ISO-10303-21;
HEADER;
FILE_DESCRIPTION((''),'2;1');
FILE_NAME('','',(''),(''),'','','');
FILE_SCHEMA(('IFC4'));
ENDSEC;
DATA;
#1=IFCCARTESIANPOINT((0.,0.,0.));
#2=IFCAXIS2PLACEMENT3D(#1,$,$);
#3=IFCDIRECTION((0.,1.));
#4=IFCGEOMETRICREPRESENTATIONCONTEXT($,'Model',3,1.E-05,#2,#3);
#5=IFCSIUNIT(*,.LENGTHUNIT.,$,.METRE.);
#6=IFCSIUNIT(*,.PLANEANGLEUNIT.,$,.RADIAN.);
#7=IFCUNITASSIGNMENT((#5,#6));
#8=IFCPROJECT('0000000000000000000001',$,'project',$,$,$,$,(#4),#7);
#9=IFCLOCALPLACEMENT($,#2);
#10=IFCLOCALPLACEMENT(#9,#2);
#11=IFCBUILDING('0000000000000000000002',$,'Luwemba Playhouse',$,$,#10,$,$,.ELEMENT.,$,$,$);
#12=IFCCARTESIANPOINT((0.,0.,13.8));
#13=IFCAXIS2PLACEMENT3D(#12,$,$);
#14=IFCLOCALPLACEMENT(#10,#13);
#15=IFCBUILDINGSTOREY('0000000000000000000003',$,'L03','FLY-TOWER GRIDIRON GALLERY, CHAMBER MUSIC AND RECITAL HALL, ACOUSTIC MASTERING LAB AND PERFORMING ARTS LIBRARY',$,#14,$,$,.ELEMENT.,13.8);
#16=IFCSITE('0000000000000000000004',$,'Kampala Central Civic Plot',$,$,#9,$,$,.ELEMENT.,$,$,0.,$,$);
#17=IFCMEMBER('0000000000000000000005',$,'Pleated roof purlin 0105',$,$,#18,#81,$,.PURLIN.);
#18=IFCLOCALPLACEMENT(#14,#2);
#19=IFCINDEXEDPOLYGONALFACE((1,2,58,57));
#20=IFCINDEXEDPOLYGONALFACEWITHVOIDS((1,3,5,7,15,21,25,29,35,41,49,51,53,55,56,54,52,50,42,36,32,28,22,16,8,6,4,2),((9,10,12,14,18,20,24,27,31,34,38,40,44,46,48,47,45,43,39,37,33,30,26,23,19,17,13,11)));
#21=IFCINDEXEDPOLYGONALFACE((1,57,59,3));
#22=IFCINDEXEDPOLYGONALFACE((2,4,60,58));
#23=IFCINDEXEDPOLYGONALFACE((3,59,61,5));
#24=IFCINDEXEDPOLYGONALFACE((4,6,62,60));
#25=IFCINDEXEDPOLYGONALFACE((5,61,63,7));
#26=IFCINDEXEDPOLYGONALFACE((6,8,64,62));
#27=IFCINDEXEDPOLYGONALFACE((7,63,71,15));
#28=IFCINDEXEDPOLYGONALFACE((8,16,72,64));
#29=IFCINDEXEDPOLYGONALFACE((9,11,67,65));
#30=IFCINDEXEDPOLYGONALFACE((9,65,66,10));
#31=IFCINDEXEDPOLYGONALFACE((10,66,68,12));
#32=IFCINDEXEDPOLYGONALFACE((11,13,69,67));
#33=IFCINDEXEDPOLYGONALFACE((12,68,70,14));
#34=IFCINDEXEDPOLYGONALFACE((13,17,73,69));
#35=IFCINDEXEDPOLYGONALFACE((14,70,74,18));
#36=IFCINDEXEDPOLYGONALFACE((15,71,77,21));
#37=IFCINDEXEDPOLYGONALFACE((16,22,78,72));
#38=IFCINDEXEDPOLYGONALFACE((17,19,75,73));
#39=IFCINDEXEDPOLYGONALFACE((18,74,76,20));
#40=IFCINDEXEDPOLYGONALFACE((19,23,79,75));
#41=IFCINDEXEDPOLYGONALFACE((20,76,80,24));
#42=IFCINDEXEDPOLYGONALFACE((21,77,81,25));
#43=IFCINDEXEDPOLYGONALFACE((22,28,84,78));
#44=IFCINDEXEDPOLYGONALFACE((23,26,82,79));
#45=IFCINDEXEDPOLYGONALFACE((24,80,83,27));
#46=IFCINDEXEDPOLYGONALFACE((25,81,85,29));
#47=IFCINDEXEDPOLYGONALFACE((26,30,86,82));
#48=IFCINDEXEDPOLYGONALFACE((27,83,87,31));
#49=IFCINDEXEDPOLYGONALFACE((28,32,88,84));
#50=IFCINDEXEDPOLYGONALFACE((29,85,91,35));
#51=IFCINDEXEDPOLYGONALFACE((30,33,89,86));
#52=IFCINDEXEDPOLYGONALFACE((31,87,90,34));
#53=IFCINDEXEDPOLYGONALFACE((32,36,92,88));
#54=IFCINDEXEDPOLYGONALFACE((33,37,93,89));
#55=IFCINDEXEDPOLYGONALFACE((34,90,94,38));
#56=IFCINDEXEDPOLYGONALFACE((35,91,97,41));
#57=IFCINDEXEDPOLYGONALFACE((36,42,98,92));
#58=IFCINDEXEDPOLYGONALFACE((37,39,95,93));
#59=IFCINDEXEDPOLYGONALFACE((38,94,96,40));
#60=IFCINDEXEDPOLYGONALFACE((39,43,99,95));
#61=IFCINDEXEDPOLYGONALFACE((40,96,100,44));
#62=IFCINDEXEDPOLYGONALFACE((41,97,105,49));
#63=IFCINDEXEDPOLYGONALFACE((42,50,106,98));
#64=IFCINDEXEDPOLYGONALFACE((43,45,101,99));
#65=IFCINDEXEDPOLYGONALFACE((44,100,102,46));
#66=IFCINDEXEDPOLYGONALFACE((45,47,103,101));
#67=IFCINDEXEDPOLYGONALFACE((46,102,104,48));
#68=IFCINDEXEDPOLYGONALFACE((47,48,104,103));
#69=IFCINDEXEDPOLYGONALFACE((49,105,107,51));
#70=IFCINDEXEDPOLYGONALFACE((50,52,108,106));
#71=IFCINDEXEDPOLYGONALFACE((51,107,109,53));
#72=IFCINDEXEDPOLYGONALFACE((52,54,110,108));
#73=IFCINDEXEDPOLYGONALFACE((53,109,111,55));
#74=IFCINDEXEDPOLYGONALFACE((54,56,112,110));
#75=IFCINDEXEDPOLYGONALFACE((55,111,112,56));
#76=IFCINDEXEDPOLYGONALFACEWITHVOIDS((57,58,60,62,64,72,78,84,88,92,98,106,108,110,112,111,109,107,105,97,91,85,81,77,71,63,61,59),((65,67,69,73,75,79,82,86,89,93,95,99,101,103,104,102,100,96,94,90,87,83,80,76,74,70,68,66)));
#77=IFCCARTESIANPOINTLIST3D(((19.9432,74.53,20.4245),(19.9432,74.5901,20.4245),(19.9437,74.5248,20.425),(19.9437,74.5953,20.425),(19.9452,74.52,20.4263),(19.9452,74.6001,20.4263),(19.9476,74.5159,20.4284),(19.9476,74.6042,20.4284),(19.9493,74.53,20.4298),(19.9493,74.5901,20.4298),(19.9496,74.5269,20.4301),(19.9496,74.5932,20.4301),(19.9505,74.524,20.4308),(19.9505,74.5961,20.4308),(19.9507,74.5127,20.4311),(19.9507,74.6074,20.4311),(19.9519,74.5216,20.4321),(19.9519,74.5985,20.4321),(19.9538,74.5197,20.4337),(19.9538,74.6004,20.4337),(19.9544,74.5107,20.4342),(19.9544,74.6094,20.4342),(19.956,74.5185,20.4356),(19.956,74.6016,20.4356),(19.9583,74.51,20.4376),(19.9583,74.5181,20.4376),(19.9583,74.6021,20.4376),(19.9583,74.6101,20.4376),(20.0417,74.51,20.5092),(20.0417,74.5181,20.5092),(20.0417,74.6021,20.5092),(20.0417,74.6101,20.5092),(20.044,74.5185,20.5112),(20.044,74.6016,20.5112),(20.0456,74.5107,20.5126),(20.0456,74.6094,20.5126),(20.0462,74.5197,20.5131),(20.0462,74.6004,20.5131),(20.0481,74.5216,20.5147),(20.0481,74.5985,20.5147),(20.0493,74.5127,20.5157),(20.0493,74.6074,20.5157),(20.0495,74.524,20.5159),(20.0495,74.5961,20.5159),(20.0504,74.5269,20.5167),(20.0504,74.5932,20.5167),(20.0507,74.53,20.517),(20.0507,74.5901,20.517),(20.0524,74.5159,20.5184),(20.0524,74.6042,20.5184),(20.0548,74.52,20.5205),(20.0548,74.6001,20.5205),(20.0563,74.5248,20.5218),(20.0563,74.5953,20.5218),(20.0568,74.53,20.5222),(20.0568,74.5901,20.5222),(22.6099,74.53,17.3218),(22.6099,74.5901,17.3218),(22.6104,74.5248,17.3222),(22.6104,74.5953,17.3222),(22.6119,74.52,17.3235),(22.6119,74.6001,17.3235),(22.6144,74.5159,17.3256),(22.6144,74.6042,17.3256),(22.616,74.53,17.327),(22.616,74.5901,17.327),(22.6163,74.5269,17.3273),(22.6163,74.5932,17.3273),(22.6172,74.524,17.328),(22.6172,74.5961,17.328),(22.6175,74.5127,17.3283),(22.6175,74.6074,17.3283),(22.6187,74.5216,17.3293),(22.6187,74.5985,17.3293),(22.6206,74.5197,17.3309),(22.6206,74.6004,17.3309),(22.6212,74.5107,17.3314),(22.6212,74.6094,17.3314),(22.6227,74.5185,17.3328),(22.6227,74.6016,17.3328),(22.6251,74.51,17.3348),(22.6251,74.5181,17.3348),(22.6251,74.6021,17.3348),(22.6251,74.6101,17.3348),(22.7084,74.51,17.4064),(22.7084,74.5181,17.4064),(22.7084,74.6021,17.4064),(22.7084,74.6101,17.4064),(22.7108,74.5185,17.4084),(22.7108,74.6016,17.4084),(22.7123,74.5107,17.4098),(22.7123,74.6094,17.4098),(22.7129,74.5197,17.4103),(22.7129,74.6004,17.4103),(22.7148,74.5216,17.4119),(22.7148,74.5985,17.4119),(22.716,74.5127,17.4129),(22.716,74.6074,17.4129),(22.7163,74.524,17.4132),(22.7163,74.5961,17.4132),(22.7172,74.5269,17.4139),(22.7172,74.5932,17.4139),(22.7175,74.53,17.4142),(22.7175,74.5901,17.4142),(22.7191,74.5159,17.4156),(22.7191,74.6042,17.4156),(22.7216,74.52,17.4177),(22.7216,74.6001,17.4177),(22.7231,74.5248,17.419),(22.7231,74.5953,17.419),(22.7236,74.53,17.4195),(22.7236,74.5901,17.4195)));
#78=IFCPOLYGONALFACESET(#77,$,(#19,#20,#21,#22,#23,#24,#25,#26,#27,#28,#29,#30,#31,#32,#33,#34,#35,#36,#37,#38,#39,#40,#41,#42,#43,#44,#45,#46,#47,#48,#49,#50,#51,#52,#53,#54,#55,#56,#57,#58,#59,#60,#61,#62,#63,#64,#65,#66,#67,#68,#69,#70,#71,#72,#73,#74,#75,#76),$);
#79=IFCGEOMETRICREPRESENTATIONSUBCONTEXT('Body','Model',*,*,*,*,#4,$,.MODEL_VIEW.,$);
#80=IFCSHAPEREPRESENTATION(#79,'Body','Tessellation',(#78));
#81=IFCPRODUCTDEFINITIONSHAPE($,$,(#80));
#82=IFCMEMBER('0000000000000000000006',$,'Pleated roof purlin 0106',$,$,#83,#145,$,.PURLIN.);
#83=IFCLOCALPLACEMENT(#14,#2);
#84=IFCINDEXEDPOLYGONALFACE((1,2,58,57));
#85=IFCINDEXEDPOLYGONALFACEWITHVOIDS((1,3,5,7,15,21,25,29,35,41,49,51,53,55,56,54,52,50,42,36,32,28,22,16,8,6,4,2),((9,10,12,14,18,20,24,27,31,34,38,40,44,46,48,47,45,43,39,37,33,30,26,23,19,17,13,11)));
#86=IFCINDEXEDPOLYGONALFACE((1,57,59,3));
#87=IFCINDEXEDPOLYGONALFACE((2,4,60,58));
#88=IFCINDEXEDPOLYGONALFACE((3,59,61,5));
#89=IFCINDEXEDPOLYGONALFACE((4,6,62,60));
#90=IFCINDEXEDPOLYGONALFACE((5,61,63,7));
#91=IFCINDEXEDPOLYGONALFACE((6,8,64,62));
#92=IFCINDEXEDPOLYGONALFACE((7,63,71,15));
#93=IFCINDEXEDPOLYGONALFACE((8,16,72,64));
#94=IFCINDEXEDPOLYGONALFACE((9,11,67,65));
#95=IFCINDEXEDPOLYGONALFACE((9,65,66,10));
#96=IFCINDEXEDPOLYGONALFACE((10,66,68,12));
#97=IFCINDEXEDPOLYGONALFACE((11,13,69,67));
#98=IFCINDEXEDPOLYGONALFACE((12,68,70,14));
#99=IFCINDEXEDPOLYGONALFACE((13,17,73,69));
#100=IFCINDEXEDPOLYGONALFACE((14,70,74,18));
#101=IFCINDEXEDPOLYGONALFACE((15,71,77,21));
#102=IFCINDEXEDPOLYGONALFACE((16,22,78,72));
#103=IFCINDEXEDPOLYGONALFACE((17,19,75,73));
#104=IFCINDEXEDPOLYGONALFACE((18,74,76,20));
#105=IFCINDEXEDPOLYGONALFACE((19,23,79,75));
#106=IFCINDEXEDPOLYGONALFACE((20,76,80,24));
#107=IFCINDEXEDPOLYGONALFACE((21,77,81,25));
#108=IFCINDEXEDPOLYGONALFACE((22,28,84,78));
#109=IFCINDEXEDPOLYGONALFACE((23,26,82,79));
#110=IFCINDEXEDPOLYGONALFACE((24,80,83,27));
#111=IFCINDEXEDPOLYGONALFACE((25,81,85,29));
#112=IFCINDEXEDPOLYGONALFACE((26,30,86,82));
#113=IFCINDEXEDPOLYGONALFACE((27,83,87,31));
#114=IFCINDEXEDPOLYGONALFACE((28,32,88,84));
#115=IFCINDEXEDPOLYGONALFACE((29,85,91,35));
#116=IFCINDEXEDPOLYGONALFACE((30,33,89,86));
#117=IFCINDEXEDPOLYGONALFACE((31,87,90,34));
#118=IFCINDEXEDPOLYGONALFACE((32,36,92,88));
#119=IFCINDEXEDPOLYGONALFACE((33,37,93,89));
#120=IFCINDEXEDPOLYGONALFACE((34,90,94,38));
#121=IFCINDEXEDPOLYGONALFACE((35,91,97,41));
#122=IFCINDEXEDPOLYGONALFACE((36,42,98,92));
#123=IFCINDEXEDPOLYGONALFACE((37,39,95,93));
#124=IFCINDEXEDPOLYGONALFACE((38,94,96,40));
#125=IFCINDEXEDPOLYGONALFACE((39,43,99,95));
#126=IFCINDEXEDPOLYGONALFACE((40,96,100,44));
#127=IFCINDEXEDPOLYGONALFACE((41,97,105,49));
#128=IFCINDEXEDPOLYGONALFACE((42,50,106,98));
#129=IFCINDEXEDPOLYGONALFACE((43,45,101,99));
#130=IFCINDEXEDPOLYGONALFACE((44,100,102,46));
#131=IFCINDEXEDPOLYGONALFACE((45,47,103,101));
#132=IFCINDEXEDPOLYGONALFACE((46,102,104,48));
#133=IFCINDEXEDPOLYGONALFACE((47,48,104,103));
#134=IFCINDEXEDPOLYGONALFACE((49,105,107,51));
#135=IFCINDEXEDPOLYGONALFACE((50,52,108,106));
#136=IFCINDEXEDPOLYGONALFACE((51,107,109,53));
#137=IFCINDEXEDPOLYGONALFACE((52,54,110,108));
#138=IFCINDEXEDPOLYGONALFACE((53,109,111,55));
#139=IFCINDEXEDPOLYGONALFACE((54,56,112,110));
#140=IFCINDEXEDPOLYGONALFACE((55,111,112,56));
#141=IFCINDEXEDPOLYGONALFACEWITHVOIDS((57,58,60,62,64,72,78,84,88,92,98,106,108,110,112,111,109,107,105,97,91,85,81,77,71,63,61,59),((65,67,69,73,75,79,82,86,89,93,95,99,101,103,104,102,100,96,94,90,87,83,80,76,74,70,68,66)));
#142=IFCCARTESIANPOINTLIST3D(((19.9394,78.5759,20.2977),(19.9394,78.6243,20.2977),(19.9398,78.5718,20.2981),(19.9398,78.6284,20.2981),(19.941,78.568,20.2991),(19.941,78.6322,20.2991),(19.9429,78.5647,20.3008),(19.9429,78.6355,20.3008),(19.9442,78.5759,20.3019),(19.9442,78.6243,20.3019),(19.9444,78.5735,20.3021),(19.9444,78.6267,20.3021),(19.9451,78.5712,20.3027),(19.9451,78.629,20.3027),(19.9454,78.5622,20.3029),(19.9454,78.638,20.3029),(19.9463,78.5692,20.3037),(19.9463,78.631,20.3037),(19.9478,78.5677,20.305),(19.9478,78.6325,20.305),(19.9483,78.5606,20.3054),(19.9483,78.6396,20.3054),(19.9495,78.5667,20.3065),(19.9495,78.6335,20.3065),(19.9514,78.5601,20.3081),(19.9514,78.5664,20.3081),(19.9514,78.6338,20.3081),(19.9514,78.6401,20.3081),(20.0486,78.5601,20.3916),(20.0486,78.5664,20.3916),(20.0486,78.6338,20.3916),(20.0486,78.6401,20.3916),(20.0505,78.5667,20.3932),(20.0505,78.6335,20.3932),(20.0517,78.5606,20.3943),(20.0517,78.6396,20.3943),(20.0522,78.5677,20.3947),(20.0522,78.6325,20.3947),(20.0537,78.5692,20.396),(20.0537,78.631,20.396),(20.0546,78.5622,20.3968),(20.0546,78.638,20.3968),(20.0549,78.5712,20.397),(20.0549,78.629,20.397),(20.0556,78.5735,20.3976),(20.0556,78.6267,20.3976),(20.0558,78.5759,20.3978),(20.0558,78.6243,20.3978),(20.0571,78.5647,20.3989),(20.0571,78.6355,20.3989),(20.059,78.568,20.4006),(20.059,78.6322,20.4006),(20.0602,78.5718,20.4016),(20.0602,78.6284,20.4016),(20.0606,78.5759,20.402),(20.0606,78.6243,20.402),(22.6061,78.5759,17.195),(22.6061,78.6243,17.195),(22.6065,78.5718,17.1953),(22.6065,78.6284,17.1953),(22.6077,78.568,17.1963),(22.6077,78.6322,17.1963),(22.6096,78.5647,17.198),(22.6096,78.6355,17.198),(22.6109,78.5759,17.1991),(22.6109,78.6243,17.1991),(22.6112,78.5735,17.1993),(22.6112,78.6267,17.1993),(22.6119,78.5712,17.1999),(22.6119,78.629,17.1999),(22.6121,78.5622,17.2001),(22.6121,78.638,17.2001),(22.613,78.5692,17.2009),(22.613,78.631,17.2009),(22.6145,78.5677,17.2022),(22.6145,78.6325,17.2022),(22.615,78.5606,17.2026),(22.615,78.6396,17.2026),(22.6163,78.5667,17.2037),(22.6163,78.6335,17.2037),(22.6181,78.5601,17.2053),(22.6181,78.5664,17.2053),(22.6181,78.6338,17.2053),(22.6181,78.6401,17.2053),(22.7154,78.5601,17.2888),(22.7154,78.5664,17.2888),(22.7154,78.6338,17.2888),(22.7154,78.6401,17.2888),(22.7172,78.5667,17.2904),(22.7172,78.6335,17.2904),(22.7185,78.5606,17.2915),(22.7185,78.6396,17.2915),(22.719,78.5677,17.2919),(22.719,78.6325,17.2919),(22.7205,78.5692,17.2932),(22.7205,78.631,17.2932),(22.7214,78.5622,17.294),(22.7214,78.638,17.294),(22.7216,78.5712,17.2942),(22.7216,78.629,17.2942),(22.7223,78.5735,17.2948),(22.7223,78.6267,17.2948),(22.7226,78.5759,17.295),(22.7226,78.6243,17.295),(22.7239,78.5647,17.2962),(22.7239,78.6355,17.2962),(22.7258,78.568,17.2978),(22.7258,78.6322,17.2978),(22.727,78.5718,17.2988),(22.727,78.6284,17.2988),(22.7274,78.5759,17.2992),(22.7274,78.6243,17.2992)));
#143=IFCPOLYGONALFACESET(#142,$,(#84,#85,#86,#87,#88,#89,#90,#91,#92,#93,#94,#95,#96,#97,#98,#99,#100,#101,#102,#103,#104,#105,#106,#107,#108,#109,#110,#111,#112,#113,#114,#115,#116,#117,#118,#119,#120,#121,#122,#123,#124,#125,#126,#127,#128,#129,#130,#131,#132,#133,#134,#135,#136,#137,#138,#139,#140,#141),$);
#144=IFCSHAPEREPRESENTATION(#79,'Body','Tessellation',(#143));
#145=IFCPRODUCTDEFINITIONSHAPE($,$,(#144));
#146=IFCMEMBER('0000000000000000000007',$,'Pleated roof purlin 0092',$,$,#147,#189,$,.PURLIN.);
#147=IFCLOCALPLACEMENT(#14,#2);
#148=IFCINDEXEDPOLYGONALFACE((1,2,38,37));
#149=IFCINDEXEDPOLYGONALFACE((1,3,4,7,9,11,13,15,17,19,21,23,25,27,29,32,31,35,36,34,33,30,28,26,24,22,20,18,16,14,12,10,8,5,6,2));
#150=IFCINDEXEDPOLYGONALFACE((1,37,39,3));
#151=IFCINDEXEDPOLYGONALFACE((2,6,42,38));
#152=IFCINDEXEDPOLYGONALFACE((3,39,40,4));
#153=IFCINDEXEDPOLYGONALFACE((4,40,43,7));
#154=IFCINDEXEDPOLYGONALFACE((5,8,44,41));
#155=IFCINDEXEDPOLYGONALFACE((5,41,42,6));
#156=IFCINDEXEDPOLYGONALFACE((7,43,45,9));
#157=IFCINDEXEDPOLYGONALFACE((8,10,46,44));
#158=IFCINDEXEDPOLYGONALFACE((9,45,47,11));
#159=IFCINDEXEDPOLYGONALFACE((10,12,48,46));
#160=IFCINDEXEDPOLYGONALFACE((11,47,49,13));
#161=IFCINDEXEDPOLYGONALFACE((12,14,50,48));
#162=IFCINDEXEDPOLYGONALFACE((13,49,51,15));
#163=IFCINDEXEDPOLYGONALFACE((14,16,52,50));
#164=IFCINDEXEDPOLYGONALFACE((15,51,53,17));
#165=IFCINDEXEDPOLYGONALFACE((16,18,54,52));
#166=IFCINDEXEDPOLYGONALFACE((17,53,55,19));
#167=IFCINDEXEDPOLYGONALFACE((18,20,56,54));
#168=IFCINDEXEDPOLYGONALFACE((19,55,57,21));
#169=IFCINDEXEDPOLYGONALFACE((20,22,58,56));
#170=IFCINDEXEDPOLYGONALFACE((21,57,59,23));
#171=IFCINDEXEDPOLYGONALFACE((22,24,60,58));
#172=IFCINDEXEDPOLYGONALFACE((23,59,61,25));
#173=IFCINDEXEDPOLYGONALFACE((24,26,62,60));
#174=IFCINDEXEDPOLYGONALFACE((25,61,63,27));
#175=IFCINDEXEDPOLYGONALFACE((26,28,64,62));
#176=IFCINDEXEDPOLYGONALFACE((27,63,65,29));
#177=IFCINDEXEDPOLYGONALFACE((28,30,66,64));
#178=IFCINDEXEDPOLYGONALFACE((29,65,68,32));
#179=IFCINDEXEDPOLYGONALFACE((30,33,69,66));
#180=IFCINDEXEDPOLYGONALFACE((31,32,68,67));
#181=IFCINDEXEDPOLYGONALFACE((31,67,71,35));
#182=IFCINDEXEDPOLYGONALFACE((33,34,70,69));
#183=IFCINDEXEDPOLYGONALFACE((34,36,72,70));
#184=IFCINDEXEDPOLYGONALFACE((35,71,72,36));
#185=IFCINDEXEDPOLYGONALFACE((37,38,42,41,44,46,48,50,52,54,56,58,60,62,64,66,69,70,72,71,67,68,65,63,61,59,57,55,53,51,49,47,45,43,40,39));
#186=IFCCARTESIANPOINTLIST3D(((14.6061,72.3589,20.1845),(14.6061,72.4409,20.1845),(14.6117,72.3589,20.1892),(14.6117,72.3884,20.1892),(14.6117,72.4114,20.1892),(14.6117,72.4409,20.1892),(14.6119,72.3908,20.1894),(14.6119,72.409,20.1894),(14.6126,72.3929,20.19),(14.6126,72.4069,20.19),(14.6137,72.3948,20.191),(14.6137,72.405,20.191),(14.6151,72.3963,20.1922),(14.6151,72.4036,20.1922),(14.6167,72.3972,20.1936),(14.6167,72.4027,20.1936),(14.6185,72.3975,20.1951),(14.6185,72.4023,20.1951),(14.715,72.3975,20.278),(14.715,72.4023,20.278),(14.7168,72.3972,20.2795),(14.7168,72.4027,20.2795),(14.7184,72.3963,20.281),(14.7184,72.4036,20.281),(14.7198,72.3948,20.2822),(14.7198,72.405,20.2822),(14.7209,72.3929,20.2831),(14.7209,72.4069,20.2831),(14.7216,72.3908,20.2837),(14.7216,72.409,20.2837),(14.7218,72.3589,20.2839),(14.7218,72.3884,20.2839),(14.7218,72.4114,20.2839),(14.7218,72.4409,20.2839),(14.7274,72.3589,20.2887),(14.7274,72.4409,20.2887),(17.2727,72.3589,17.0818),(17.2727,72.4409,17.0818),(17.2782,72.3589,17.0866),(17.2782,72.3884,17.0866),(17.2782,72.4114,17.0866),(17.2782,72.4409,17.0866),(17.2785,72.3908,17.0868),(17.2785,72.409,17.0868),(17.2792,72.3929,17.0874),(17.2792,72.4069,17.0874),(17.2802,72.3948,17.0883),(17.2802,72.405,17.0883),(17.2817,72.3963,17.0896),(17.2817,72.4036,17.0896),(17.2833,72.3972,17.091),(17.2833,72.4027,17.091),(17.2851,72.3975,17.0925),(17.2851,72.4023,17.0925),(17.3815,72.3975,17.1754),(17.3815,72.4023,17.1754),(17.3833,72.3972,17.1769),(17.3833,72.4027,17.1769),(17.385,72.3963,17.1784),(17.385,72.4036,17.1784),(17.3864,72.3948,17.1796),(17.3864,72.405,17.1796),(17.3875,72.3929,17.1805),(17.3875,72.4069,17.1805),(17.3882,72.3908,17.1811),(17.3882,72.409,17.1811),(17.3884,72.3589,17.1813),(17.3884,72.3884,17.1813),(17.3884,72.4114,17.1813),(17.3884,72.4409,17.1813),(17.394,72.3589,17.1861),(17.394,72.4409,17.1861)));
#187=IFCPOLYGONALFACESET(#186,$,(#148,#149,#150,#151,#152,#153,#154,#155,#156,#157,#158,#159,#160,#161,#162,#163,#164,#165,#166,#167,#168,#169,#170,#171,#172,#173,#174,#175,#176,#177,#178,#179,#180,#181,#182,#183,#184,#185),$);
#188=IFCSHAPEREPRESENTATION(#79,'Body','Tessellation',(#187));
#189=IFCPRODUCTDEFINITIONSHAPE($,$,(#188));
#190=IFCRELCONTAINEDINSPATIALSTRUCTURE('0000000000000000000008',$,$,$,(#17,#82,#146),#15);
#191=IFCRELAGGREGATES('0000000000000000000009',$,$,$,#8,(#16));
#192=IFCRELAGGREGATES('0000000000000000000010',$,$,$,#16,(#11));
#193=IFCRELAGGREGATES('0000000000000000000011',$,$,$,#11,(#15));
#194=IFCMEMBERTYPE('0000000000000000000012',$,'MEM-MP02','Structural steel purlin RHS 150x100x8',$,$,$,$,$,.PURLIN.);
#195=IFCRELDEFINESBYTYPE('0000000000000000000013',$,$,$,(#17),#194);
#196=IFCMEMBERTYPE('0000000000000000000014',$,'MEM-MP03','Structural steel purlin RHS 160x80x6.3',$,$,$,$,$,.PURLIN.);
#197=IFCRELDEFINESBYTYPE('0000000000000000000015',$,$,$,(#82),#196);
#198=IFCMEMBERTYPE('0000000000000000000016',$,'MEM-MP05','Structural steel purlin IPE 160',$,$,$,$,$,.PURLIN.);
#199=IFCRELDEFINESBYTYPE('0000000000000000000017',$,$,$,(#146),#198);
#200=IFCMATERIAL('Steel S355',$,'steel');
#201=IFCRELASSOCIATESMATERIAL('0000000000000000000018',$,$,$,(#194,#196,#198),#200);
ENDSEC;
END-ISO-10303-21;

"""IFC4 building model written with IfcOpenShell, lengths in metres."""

from ifc_helpers import new_model, si_unit, direction, frame, origin, origin_2d, place, context, subcontext, project, spatial, hollow_rectangle, i_section, extrude, material, material_profile, profile_set, type_object, element, save


model = new_model("IFC4")

# Units and contexts
model_context = context("Model", 3, precision=1e-05, world=origin(), true_north=direction((0.0, 1.0)))
body_context = subcontext(model_context, "Body", "Model", "MODEL_VIEW")
ifc_project = project(units=[si_unit("LENGTHUNIT", "METRE"), si_unit("PLANEANGLEUNIT", "RADIAN")], contexts=[model_context])

# Site, building, storey
site_placement = place(None, origin())
site = spatial("IfcSite", under=ifc_project, at=site_placement, Name="Kampala Central Civic Plot", CompositionType="ELEMENT", RefElevation=0.0)
building_placement = place(site_placement, origin())
building = spatial("IfcBuilding", under=site, at=building_placement, Name="Luwemba Playhouse", CompositionType="ELEMENT")
storey_placement = place(building_placement, frame((0.0, 0.0, 13.8)))
storey = spatial("IfcBuildingStorey", under=building, at=storey_placement, Name="L03", Description="FLY-TOWER GRIDIRON GALLERY, CHAMBER MUSIC AND RECITAL HALL, ACOUSTIC MASTERING LAB AND PERFORMING ARTS LIBRARY", CompositionType="ELEMENT", Elevation=13.8)

# Shared definitions
ifc_material_1 = material(Name="Steel S355", Category="steel")

# Members
ifc_material_profile_1 = material_profile(ifc_material_1, hollow_rectangle(XDim=0.1001, YDim=0.1499, WallThickness=0.0081, InnerFilletRadius=0.012, OuterFilletRadius=0.02, at=origin_2d()))
ifc_profile_set_1 = profile_set([ifc_material_profile_1], Name="Steel S355")
member_type_1 = type_object("IfcMemberType", Name="MEM-MP02", Description="Structural steel purlin RHS 150x100x8", PredefinedType="PURLIN", material=ifc_profile_set_1)
member_1_placement = place(storey_placement, frame((20.0, 74.5601, 20.4734), z_axis=(0.651808, 0.0, -0.758384), x_axis=(0.0, 1.0, 0.0)))
element("IfcMember", 1, at=member_1_placement, inside=storey, type_object=member_type_1, Name="Pleated roof purlin 0105", PredefinedType="PURLIN", context=body_context, shape_type="SweptSolid", body=[
    extrude(hollow_rectangle(XDim=0.1001, YDim=0.1499, WallThickness=0.0081, InnerFilletRadius=0.012, OuterFilletRadius=0.02, at=origin_2d()), origin(), (0.0, 0.0, 1.0), 4.0913),
])
ifc_material_profile_2 = material_profile(ifc_material_1, hollow_rectangle(XDim=0.0801, YDim=0.1599, WallThickness=0.0063, InnerFilletRadius=0.0095, OuterFilletRadius=0.0159, at=origin_2d()))
ifc_profile_set_2 = profile_set([ifc_material_profile_2], Name="Steel S355")
member_type_2 = type_object("IfcMemberType", Name="MEM-MP03", Description="Structural steel purlin RHS 160x80x6.3", PredefinedType="PURLIN", material=ifc_profile_set_2)
member_2_placement = place(storey_placement, frame((20.0, 78.6001, 20.3499), z_axis=(0.651808, 0.0, -0.758384), x_axis=(0.0, 1.0, 0.0)))
element("IfcMember", 2, at=member_2_placement, inside=storey, type_object=member_type_2, Name="Pleated roof purlin 0106", PredefinedType="PURLIN", context=body_context, shape_type="SweptSolid", body=[
    extrude(hollow_rectangle(XDim=0.0801, YDim=0.1599, WallThickness=0.0063, InnerFilletRadius=0.0095, OuterFilletRadius=0.0159, at=origin_2d()), origin(), (0.0, 0.0, 1.0), 4.0913),
])
ifc_material_profile_3 = material_profile(ifc_material_1, i_section(OverallWidth=0.082, OverallDepth=0.1599, WebThickness=0.0049, FlangeThickness=0.0073, FilletRadius=0.009, at=origin_2d()))
ifc_profile_set_3 = profile_set([ifc_material_profile_3], Name="Steel S355")
member_type_3 = type_object("IfcMemberType", Name="MEM-MP05", Description="Structural steel purlin IPE 160", PredefinedType="PURLIN", material=ifc_profile_set_3)
member_3_placement = place(storey_placement, frame((14.6667, 72.3999, 20.2366), z_axis=(0.651803, 0.0, -0.758388), x_axis=(0.0, 1.0, 0.0)))
element("IfcMember", 3, at=member_3_placement, inside=storey, type_object=member_type_3, Name="Pleated roof purlin 0092", PredefinedType="PURLIN", context=body_context, shape_type="SweptSolid", body=[
    extrude(i_section(OverallWidth=0.082, OverallDepth=0.1599, WebThickness=0.0049, FlangeThickness=0.0073, FilletRadius=0.009, at=origin_2d()), origin(), (0.0, 0.0, 1.0), 4.0911),
])

save(model, "model.ifc")
